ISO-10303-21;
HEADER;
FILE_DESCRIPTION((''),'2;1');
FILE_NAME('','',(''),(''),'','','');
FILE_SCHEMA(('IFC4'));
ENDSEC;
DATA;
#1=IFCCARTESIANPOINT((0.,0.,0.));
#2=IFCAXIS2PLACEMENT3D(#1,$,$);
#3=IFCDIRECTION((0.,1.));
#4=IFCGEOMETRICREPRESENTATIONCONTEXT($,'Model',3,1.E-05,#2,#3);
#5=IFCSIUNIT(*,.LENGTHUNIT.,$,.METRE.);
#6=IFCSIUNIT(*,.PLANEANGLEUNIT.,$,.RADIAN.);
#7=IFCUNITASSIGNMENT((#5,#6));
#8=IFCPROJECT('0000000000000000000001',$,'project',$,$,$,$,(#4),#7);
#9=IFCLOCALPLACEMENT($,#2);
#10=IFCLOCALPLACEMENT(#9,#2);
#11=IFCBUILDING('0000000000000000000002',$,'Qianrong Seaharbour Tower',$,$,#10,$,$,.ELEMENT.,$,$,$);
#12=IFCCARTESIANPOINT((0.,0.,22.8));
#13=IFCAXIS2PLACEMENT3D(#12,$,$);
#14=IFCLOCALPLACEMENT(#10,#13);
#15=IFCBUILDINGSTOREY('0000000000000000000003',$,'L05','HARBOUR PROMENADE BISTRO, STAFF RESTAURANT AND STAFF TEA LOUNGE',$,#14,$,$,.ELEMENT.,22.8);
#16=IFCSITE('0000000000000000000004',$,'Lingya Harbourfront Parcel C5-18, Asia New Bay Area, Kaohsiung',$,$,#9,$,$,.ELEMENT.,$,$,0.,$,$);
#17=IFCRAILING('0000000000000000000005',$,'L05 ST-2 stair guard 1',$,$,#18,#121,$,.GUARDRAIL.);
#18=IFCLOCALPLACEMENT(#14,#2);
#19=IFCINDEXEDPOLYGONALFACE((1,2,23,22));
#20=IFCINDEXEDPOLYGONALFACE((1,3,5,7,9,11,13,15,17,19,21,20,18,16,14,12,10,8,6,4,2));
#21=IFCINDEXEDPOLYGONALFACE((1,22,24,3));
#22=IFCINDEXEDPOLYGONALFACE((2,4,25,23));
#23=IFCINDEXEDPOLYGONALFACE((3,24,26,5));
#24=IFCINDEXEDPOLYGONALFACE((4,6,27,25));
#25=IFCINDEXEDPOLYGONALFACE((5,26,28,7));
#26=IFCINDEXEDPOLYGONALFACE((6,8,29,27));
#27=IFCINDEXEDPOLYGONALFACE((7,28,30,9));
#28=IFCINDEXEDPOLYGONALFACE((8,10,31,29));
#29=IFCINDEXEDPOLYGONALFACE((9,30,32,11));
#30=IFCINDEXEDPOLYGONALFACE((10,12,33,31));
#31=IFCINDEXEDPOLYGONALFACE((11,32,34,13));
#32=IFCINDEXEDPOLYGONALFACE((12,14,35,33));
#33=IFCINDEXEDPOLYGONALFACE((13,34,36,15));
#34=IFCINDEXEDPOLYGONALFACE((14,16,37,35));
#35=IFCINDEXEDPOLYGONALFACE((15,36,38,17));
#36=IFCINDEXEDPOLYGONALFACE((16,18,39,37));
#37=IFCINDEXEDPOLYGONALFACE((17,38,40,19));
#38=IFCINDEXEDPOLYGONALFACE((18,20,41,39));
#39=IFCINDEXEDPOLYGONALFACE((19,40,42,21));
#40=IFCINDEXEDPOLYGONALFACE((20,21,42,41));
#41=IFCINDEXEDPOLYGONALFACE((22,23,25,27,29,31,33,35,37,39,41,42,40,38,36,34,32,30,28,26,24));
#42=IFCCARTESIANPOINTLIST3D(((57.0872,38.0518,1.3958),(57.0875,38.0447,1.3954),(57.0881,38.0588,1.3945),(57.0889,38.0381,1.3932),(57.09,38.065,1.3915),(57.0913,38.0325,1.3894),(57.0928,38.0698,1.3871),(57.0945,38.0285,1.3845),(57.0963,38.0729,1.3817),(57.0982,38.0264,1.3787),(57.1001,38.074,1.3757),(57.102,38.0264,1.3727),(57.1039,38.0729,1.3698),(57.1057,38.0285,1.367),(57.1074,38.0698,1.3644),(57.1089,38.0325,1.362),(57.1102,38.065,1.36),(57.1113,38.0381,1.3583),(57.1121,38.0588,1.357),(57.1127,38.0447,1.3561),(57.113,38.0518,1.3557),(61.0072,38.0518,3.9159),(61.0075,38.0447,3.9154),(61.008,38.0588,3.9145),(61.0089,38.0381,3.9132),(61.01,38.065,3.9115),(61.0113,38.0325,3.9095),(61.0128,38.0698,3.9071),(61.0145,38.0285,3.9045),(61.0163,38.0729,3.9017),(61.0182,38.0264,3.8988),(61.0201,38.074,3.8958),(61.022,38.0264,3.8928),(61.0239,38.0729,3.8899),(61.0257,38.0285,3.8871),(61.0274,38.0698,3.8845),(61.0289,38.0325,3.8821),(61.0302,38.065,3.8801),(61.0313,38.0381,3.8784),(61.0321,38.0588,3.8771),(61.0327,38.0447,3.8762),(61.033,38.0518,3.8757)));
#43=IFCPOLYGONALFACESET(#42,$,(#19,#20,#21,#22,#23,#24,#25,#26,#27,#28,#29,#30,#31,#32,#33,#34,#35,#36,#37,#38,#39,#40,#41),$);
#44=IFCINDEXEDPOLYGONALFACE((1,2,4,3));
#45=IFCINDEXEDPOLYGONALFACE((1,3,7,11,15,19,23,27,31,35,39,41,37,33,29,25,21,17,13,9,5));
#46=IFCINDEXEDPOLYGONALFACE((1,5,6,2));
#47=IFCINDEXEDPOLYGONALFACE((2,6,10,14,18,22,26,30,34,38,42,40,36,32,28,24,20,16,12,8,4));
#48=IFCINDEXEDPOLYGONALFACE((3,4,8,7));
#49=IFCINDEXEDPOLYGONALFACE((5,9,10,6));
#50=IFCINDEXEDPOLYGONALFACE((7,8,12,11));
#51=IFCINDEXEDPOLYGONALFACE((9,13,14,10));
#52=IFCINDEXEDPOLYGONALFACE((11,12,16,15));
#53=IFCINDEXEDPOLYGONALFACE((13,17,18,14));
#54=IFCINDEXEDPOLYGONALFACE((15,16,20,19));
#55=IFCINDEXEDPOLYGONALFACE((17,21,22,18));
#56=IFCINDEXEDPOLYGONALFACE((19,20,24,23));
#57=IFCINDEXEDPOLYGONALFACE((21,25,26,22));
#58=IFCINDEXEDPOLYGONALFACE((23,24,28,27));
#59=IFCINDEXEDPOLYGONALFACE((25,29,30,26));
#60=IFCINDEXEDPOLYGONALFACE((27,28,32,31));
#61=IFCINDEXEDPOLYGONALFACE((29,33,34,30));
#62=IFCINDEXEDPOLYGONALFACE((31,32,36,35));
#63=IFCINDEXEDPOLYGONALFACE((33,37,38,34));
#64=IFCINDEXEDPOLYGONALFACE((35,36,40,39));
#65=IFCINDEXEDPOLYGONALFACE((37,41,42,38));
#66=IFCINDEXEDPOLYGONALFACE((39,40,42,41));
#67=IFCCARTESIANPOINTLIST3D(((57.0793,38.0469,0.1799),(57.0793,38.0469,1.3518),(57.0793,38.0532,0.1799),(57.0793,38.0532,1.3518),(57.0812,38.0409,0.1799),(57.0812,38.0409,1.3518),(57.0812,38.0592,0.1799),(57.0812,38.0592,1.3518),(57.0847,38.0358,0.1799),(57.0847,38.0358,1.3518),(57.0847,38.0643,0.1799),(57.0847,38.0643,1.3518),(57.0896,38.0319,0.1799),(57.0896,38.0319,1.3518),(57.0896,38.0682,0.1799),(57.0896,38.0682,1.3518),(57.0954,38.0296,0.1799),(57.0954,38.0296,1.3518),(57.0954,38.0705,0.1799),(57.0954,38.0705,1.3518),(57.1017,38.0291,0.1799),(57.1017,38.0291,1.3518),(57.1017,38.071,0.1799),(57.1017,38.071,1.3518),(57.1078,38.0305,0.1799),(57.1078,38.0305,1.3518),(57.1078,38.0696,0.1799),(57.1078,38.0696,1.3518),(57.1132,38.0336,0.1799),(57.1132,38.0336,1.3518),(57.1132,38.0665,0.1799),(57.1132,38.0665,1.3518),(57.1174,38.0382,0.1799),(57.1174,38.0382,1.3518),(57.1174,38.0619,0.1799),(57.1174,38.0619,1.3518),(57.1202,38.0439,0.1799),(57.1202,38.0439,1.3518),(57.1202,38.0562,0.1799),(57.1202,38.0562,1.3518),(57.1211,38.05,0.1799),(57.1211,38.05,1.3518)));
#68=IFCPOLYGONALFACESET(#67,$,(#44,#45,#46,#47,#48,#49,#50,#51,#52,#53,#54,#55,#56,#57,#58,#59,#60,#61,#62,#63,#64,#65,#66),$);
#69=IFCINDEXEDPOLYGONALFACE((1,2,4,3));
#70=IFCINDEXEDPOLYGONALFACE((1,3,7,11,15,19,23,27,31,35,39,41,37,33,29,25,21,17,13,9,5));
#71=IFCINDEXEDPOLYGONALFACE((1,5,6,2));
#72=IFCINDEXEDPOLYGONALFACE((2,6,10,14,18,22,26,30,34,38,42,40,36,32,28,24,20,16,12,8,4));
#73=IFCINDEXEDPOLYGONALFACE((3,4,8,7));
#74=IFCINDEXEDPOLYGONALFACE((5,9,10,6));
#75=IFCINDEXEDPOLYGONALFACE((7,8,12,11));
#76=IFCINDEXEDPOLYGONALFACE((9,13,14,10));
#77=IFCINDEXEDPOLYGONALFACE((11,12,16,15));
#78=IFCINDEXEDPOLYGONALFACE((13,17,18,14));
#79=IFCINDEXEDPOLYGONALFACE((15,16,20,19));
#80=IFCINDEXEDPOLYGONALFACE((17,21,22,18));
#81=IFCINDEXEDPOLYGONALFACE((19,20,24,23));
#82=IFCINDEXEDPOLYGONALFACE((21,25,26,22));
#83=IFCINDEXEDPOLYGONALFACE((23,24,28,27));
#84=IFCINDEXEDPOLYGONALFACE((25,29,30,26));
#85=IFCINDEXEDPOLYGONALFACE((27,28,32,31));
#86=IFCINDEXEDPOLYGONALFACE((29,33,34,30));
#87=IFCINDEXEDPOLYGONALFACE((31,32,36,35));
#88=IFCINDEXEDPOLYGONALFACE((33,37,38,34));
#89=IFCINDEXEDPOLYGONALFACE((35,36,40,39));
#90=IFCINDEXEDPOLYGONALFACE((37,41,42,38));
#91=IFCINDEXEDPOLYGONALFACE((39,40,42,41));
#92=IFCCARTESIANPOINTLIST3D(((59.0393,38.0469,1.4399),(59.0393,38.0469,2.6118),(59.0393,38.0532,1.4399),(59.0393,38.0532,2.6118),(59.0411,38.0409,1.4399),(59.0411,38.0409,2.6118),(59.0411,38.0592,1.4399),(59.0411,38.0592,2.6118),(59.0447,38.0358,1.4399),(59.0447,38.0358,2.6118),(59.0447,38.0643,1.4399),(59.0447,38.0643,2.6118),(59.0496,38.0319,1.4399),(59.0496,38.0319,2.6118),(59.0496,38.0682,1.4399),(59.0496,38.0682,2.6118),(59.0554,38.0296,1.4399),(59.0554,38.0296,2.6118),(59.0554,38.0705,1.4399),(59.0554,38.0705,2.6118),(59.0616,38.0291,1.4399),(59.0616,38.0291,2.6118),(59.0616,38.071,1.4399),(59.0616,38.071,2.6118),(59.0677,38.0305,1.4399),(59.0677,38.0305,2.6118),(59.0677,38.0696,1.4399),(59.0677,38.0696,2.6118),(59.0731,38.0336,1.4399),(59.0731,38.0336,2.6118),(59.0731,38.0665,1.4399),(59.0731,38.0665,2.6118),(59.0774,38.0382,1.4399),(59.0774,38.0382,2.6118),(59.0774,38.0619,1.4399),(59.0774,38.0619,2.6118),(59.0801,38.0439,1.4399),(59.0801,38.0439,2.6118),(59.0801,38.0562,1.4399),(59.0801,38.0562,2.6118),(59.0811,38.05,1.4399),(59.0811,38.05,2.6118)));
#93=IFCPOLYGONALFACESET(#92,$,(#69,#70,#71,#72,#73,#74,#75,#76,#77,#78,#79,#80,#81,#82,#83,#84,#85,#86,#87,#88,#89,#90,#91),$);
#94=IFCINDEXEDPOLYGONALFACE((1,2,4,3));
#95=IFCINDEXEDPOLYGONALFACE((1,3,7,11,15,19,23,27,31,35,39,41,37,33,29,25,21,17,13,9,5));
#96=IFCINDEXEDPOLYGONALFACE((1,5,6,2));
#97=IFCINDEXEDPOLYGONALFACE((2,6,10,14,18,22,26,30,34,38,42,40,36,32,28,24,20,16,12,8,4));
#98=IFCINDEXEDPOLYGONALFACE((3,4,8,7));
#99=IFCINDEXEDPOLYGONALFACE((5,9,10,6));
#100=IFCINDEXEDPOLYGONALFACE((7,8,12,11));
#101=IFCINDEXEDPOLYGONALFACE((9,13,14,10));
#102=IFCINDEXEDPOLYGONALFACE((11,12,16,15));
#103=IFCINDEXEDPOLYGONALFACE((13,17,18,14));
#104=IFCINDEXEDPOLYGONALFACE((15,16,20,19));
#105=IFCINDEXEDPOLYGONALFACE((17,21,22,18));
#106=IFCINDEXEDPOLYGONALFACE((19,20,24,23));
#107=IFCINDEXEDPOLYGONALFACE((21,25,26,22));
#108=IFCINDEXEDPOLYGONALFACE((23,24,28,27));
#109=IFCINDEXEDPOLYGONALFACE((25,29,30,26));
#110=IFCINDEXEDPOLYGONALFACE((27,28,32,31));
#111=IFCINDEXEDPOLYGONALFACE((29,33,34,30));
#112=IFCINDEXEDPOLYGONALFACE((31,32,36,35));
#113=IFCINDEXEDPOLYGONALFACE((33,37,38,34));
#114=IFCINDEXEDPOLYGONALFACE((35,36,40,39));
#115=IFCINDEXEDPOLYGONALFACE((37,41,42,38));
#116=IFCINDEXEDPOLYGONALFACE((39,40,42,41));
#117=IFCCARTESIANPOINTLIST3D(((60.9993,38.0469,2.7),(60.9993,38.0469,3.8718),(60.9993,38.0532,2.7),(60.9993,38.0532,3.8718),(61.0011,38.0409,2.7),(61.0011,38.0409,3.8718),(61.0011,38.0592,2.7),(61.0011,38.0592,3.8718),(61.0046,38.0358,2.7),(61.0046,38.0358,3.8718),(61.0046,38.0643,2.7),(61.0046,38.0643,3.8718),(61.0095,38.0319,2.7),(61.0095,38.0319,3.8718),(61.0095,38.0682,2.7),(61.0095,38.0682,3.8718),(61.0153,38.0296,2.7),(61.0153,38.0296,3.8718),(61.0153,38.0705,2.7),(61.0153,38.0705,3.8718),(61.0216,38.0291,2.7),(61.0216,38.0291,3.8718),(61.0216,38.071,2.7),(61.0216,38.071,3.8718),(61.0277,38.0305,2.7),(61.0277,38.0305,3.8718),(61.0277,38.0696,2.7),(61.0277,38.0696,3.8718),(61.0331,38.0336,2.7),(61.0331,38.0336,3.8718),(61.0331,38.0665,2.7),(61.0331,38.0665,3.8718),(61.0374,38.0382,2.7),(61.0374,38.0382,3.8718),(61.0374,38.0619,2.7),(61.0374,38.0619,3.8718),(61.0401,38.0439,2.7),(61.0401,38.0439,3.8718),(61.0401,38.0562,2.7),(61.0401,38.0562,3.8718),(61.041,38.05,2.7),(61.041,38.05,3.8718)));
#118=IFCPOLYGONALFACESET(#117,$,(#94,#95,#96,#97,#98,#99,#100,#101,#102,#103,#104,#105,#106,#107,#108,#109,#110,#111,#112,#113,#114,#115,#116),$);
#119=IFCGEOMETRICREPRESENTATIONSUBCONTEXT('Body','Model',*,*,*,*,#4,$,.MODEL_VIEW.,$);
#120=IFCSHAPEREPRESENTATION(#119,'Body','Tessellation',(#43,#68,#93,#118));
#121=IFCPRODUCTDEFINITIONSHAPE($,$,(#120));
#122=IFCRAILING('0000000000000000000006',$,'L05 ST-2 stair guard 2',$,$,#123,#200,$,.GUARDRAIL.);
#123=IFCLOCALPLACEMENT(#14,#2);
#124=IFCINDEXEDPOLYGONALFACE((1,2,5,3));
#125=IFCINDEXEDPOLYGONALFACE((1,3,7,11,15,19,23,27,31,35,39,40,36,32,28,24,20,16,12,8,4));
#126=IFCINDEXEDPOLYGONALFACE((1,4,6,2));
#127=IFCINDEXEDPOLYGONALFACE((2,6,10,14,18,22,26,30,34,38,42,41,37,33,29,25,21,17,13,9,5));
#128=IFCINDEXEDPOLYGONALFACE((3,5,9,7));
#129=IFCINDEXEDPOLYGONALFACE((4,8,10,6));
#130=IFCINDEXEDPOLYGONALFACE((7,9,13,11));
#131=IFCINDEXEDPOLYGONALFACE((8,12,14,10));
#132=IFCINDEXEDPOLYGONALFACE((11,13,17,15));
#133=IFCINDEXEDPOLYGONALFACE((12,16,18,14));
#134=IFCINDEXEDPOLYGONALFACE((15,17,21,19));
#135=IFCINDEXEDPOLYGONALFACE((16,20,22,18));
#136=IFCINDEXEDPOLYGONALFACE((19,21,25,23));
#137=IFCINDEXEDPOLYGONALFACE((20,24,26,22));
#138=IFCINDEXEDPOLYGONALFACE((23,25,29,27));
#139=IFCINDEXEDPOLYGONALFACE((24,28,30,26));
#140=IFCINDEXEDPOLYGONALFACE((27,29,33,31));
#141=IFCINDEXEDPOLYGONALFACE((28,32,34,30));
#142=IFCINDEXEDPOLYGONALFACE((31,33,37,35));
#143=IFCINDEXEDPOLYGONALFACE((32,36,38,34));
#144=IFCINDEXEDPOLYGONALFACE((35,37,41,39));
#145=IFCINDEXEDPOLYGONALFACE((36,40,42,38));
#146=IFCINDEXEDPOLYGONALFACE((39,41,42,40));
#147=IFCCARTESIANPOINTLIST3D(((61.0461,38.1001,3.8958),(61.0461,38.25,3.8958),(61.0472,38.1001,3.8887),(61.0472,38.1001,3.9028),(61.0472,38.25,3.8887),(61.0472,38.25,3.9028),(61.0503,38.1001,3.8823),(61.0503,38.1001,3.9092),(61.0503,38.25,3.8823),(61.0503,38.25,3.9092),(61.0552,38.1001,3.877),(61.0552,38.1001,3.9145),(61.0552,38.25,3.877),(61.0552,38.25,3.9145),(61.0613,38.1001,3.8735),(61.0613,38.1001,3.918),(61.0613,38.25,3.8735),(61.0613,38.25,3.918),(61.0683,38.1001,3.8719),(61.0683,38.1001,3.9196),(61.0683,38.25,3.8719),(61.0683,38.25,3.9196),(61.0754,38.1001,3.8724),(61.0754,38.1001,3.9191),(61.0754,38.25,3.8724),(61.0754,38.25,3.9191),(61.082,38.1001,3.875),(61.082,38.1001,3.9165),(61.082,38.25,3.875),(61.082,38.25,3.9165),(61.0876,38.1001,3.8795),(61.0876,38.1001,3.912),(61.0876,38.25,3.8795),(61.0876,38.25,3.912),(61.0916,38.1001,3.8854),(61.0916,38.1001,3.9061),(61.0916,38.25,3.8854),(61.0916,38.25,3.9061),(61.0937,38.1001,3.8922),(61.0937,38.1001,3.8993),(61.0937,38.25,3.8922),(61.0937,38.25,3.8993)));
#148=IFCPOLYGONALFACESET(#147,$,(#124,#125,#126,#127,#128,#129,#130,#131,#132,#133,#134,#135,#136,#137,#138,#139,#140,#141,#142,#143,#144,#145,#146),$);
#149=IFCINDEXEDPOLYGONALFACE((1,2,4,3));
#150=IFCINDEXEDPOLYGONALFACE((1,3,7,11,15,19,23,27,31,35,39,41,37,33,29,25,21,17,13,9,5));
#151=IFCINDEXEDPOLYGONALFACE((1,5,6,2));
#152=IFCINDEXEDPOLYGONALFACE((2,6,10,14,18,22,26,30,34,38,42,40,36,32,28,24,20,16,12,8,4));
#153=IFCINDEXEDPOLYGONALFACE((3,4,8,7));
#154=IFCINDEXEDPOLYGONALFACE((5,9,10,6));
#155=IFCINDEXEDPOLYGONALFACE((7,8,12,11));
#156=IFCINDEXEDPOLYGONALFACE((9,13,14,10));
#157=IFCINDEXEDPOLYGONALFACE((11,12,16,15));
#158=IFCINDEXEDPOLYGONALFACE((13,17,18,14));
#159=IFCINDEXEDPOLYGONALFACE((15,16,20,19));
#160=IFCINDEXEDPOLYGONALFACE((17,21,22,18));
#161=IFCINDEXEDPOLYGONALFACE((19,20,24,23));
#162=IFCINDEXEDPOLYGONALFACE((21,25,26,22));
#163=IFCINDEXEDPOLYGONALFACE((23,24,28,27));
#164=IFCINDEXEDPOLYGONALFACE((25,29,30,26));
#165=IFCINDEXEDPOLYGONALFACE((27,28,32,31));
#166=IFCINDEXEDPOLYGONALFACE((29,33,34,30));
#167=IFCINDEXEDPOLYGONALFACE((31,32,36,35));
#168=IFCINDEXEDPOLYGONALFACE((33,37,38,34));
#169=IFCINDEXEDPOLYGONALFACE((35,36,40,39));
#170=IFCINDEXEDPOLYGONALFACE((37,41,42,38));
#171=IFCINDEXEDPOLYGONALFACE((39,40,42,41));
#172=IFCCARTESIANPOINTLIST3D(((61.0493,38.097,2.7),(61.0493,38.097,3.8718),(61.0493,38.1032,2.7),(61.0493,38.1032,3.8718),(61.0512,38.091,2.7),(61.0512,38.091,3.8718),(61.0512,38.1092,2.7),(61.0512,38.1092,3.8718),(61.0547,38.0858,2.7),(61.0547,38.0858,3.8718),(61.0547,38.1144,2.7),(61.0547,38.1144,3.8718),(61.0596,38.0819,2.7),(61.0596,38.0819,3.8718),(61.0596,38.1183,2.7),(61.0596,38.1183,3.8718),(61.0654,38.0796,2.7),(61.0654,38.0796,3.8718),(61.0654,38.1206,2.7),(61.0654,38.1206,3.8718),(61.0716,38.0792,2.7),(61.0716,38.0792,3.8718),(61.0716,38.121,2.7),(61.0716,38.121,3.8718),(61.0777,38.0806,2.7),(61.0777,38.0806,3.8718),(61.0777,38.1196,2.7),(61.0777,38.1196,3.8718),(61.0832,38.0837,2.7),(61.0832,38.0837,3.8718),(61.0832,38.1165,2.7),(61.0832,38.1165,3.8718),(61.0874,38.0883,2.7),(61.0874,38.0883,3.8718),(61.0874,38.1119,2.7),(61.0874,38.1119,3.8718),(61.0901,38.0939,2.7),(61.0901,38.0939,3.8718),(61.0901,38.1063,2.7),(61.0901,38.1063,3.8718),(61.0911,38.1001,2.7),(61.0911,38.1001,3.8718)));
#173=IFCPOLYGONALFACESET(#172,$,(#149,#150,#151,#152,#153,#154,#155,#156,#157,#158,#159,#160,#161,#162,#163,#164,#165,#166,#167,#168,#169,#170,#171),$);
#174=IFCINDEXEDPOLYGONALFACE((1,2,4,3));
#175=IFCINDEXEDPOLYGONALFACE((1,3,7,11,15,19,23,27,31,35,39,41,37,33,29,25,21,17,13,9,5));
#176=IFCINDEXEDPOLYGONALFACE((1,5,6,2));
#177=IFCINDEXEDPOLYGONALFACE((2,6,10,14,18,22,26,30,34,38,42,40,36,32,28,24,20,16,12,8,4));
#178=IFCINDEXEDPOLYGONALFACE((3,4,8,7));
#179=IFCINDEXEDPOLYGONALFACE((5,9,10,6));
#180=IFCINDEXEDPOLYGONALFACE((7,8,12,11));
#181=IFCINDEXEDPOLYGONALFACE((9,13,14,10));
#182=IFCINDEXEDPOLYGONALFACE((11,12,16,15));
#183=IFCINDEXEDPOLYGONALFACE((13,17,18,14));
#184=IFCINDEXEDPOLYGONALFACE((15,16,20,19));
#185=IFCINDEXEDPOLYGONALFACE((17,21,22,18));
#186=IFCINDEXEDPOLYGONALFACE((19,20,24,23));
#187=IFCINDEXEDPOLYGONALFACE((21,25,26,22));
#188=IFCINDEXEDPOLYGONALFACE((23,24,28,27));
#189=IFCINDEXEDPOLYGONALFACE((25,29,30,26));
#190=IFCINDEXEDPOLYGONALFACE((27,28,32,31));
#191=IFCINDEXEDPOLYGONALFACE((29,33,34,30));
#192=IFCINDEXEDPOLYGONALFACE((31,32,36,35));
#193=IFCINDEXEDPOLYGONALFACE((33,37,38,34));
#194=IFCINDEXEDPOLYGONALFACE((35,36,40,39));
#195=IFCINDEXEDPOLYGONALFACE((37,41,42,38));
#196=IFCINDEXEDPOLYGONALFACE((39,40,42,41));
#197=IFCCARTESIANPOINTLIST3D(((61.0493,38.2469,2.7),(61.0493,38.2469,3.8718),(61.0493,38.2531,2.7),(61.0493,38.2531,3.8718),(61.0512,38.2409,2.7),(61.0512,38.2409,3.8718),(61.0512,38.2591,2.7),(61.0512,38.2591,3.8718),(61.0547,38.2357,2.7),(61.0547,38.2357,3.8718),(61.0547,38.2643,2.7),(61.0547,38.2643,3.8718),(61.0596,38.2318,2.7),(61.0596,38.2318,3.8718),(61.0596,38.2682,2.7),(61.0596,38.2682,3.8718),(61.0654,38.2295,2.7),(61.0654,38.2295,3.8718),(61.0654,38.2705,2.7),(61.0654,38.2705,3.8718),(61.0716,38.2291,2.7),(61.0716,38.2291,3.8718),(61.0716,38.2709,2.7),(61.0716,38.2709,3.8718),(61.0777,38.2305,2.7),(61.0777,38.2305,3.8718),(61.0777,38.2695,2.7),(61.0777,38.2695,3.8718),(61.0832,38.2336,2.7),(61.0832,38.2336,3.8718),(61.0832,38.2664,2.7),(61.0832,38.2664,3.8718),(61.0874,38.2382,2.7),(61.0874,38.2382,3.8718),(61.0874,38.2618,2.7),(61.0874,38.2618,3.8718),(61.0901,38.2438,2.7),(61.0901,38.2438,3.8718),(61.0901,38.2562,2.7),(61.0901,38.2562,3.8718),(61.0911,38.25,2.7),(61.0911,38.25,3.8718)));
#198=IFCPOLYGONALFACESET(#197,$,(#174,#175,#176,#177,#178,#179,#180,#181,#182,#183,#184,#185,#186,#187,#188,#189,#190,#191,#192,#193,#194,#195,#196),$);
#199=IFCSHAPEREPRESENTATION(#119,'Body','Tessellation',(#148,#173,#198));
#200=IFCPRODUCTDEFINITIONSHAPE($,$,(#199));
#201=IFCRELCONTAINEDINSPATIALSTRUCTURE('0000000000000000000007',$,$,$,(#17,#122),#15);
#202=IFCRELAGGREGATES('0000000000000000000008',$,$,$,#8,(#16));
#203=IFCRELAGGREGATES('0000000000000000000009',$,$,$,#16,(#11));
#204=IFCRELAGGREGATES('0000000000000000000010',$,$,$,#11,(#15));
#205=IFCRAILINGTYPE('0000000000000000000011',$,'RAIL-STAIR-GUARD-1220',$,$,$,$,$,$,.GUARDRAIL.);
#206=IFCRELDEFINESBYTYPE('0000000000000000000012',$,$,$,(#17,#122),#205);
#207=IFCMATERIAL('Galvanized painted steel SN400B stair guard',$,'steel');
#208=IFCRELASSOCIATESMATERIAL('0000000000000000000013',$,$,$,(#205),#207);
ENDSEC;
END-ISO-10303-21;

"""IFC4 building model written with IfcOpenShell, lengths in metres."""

from ifc_helpers import new_model, si_unit, direction, frame, origin, origin_2d, place, context, subcontext, project, spatial, circle, extrude, material, type_object, element, save


model = new_model("IFC4")

# Units and contexts
model_context = context("Model", 3, precision=1e-05, world=origin(), true_north=direction((0.0, 1.0)))
body_context = subcontext(model_context, "Body", "Model", "MODEL_VIEW")
ifc_project = project(units=[si_unit("LENGTHUNIT", "METRE"), si_unit("PLANEANGLEUNIT", "RADIAN")], contexts=[model_context])

# Site, building, storey
site_placement = place(None, origin())
site = spatial("IfcSite", under=ifc_project, at=site_placement, Name="Lingya Harbourfront Parcel C5-18, Asia New Bay Area, Kaohsiung", CompositionType="ELEMENT", RefElevation=0.0)
building_placement = place(site_placement, origin())
building = spatial("IfcBuilding", under=site, at=building_placement, Name="Qianrong Seaharbour Tower", CompositionType="ELEMENT")
storey_placement = place(building_placement, frame((0.0, 0.0, 22.8)))
storey = spatial("IfcBuildingStorey", under=building, at=storey_placement, Name="L05", Description="HARBOUR PROMENADE BISTRO, STAFF RESTAURANT AND STAFF TEA LOUNGE", CompositionType="ELEMENT", Elevation=22.8)

# Railings
ifc_material_1 = material(Name="Galvanized painted steel SN400B stair guard", Category="steel")
railing_type_1 = type_object("IfcRailingType", Name="RAIL-STAIR-GUARD-1220", PredefinedType="GUARDRAIL", material=ifc_material_1)
railing_1_placement = place(storey_placement, frame((57.1001, 38.05, 0.1799)))
element("IfcRailing", 1, at=railing_1_placement, inside=storey, type_object=railing_type_1, Name="L05 ST-2 stair guard 1", PredefinedType="GUARDRAIL", context=body_context, shape_type="SweptSolid", body=[
    extrude(circle(Radius=0.0239, at=origin_2d()), frame((0.0, 0.0, 1.1958), z_axis=(0.841172, 0.0, 0.540768), x_axis=(0.0, 1.0, 0.0)), (0.0, 0.0, 1.0), 4.6602),
    extrude(circle(Radius=0.021, at=origin_2d()), origin(), (0.0, 0.0, 1.0), 1.1719),
    extrude(circle(Radius=0.021, at=origin_2d()), frame((1.96, 0.0, 1.26)), (0.0, 0.0, 1.0), 1.1719),
    extrude(circle(Radius=0.021, at=origin_2d()), frame((3.9199, 0.0, 2.52)), (0.0, 0.0, 1.0), 1.1719),
])
railing_2_placement = place(storey_placement, frame((61.0701, 38.1001, 2.7)))
element("IfcRailing", 2, at=railing_2_placement, inside=storey, type_object=railing_type_1, Name="L05 ST-2 stair guard 2", PredefinedType="GUARDRAIL", context=body_context, shape_type="SweptSolid", body=[
    extrude(circle(Radius=0.0239, at=origin_2d()), frame((0.0, 0.0, 1.1958), z_axis=(0.0, 1.0, 0.0), x_axis=(-1.0, 0.0, 0.0)), (0.0, 0.0, 1.0), 0.1499),
    extrude(circle(Radius=0.021, at=origin_2d()), origin(), (0.0, 0.0, 1.0), 1.1719),
    extrude(circle(Radius=0.021, at=origin_2d()), frame((0.0, 0.1499, 0.0)), (0.0, 0.0, 1.0), 1.1719),
])

save(model, "model.ifc")
